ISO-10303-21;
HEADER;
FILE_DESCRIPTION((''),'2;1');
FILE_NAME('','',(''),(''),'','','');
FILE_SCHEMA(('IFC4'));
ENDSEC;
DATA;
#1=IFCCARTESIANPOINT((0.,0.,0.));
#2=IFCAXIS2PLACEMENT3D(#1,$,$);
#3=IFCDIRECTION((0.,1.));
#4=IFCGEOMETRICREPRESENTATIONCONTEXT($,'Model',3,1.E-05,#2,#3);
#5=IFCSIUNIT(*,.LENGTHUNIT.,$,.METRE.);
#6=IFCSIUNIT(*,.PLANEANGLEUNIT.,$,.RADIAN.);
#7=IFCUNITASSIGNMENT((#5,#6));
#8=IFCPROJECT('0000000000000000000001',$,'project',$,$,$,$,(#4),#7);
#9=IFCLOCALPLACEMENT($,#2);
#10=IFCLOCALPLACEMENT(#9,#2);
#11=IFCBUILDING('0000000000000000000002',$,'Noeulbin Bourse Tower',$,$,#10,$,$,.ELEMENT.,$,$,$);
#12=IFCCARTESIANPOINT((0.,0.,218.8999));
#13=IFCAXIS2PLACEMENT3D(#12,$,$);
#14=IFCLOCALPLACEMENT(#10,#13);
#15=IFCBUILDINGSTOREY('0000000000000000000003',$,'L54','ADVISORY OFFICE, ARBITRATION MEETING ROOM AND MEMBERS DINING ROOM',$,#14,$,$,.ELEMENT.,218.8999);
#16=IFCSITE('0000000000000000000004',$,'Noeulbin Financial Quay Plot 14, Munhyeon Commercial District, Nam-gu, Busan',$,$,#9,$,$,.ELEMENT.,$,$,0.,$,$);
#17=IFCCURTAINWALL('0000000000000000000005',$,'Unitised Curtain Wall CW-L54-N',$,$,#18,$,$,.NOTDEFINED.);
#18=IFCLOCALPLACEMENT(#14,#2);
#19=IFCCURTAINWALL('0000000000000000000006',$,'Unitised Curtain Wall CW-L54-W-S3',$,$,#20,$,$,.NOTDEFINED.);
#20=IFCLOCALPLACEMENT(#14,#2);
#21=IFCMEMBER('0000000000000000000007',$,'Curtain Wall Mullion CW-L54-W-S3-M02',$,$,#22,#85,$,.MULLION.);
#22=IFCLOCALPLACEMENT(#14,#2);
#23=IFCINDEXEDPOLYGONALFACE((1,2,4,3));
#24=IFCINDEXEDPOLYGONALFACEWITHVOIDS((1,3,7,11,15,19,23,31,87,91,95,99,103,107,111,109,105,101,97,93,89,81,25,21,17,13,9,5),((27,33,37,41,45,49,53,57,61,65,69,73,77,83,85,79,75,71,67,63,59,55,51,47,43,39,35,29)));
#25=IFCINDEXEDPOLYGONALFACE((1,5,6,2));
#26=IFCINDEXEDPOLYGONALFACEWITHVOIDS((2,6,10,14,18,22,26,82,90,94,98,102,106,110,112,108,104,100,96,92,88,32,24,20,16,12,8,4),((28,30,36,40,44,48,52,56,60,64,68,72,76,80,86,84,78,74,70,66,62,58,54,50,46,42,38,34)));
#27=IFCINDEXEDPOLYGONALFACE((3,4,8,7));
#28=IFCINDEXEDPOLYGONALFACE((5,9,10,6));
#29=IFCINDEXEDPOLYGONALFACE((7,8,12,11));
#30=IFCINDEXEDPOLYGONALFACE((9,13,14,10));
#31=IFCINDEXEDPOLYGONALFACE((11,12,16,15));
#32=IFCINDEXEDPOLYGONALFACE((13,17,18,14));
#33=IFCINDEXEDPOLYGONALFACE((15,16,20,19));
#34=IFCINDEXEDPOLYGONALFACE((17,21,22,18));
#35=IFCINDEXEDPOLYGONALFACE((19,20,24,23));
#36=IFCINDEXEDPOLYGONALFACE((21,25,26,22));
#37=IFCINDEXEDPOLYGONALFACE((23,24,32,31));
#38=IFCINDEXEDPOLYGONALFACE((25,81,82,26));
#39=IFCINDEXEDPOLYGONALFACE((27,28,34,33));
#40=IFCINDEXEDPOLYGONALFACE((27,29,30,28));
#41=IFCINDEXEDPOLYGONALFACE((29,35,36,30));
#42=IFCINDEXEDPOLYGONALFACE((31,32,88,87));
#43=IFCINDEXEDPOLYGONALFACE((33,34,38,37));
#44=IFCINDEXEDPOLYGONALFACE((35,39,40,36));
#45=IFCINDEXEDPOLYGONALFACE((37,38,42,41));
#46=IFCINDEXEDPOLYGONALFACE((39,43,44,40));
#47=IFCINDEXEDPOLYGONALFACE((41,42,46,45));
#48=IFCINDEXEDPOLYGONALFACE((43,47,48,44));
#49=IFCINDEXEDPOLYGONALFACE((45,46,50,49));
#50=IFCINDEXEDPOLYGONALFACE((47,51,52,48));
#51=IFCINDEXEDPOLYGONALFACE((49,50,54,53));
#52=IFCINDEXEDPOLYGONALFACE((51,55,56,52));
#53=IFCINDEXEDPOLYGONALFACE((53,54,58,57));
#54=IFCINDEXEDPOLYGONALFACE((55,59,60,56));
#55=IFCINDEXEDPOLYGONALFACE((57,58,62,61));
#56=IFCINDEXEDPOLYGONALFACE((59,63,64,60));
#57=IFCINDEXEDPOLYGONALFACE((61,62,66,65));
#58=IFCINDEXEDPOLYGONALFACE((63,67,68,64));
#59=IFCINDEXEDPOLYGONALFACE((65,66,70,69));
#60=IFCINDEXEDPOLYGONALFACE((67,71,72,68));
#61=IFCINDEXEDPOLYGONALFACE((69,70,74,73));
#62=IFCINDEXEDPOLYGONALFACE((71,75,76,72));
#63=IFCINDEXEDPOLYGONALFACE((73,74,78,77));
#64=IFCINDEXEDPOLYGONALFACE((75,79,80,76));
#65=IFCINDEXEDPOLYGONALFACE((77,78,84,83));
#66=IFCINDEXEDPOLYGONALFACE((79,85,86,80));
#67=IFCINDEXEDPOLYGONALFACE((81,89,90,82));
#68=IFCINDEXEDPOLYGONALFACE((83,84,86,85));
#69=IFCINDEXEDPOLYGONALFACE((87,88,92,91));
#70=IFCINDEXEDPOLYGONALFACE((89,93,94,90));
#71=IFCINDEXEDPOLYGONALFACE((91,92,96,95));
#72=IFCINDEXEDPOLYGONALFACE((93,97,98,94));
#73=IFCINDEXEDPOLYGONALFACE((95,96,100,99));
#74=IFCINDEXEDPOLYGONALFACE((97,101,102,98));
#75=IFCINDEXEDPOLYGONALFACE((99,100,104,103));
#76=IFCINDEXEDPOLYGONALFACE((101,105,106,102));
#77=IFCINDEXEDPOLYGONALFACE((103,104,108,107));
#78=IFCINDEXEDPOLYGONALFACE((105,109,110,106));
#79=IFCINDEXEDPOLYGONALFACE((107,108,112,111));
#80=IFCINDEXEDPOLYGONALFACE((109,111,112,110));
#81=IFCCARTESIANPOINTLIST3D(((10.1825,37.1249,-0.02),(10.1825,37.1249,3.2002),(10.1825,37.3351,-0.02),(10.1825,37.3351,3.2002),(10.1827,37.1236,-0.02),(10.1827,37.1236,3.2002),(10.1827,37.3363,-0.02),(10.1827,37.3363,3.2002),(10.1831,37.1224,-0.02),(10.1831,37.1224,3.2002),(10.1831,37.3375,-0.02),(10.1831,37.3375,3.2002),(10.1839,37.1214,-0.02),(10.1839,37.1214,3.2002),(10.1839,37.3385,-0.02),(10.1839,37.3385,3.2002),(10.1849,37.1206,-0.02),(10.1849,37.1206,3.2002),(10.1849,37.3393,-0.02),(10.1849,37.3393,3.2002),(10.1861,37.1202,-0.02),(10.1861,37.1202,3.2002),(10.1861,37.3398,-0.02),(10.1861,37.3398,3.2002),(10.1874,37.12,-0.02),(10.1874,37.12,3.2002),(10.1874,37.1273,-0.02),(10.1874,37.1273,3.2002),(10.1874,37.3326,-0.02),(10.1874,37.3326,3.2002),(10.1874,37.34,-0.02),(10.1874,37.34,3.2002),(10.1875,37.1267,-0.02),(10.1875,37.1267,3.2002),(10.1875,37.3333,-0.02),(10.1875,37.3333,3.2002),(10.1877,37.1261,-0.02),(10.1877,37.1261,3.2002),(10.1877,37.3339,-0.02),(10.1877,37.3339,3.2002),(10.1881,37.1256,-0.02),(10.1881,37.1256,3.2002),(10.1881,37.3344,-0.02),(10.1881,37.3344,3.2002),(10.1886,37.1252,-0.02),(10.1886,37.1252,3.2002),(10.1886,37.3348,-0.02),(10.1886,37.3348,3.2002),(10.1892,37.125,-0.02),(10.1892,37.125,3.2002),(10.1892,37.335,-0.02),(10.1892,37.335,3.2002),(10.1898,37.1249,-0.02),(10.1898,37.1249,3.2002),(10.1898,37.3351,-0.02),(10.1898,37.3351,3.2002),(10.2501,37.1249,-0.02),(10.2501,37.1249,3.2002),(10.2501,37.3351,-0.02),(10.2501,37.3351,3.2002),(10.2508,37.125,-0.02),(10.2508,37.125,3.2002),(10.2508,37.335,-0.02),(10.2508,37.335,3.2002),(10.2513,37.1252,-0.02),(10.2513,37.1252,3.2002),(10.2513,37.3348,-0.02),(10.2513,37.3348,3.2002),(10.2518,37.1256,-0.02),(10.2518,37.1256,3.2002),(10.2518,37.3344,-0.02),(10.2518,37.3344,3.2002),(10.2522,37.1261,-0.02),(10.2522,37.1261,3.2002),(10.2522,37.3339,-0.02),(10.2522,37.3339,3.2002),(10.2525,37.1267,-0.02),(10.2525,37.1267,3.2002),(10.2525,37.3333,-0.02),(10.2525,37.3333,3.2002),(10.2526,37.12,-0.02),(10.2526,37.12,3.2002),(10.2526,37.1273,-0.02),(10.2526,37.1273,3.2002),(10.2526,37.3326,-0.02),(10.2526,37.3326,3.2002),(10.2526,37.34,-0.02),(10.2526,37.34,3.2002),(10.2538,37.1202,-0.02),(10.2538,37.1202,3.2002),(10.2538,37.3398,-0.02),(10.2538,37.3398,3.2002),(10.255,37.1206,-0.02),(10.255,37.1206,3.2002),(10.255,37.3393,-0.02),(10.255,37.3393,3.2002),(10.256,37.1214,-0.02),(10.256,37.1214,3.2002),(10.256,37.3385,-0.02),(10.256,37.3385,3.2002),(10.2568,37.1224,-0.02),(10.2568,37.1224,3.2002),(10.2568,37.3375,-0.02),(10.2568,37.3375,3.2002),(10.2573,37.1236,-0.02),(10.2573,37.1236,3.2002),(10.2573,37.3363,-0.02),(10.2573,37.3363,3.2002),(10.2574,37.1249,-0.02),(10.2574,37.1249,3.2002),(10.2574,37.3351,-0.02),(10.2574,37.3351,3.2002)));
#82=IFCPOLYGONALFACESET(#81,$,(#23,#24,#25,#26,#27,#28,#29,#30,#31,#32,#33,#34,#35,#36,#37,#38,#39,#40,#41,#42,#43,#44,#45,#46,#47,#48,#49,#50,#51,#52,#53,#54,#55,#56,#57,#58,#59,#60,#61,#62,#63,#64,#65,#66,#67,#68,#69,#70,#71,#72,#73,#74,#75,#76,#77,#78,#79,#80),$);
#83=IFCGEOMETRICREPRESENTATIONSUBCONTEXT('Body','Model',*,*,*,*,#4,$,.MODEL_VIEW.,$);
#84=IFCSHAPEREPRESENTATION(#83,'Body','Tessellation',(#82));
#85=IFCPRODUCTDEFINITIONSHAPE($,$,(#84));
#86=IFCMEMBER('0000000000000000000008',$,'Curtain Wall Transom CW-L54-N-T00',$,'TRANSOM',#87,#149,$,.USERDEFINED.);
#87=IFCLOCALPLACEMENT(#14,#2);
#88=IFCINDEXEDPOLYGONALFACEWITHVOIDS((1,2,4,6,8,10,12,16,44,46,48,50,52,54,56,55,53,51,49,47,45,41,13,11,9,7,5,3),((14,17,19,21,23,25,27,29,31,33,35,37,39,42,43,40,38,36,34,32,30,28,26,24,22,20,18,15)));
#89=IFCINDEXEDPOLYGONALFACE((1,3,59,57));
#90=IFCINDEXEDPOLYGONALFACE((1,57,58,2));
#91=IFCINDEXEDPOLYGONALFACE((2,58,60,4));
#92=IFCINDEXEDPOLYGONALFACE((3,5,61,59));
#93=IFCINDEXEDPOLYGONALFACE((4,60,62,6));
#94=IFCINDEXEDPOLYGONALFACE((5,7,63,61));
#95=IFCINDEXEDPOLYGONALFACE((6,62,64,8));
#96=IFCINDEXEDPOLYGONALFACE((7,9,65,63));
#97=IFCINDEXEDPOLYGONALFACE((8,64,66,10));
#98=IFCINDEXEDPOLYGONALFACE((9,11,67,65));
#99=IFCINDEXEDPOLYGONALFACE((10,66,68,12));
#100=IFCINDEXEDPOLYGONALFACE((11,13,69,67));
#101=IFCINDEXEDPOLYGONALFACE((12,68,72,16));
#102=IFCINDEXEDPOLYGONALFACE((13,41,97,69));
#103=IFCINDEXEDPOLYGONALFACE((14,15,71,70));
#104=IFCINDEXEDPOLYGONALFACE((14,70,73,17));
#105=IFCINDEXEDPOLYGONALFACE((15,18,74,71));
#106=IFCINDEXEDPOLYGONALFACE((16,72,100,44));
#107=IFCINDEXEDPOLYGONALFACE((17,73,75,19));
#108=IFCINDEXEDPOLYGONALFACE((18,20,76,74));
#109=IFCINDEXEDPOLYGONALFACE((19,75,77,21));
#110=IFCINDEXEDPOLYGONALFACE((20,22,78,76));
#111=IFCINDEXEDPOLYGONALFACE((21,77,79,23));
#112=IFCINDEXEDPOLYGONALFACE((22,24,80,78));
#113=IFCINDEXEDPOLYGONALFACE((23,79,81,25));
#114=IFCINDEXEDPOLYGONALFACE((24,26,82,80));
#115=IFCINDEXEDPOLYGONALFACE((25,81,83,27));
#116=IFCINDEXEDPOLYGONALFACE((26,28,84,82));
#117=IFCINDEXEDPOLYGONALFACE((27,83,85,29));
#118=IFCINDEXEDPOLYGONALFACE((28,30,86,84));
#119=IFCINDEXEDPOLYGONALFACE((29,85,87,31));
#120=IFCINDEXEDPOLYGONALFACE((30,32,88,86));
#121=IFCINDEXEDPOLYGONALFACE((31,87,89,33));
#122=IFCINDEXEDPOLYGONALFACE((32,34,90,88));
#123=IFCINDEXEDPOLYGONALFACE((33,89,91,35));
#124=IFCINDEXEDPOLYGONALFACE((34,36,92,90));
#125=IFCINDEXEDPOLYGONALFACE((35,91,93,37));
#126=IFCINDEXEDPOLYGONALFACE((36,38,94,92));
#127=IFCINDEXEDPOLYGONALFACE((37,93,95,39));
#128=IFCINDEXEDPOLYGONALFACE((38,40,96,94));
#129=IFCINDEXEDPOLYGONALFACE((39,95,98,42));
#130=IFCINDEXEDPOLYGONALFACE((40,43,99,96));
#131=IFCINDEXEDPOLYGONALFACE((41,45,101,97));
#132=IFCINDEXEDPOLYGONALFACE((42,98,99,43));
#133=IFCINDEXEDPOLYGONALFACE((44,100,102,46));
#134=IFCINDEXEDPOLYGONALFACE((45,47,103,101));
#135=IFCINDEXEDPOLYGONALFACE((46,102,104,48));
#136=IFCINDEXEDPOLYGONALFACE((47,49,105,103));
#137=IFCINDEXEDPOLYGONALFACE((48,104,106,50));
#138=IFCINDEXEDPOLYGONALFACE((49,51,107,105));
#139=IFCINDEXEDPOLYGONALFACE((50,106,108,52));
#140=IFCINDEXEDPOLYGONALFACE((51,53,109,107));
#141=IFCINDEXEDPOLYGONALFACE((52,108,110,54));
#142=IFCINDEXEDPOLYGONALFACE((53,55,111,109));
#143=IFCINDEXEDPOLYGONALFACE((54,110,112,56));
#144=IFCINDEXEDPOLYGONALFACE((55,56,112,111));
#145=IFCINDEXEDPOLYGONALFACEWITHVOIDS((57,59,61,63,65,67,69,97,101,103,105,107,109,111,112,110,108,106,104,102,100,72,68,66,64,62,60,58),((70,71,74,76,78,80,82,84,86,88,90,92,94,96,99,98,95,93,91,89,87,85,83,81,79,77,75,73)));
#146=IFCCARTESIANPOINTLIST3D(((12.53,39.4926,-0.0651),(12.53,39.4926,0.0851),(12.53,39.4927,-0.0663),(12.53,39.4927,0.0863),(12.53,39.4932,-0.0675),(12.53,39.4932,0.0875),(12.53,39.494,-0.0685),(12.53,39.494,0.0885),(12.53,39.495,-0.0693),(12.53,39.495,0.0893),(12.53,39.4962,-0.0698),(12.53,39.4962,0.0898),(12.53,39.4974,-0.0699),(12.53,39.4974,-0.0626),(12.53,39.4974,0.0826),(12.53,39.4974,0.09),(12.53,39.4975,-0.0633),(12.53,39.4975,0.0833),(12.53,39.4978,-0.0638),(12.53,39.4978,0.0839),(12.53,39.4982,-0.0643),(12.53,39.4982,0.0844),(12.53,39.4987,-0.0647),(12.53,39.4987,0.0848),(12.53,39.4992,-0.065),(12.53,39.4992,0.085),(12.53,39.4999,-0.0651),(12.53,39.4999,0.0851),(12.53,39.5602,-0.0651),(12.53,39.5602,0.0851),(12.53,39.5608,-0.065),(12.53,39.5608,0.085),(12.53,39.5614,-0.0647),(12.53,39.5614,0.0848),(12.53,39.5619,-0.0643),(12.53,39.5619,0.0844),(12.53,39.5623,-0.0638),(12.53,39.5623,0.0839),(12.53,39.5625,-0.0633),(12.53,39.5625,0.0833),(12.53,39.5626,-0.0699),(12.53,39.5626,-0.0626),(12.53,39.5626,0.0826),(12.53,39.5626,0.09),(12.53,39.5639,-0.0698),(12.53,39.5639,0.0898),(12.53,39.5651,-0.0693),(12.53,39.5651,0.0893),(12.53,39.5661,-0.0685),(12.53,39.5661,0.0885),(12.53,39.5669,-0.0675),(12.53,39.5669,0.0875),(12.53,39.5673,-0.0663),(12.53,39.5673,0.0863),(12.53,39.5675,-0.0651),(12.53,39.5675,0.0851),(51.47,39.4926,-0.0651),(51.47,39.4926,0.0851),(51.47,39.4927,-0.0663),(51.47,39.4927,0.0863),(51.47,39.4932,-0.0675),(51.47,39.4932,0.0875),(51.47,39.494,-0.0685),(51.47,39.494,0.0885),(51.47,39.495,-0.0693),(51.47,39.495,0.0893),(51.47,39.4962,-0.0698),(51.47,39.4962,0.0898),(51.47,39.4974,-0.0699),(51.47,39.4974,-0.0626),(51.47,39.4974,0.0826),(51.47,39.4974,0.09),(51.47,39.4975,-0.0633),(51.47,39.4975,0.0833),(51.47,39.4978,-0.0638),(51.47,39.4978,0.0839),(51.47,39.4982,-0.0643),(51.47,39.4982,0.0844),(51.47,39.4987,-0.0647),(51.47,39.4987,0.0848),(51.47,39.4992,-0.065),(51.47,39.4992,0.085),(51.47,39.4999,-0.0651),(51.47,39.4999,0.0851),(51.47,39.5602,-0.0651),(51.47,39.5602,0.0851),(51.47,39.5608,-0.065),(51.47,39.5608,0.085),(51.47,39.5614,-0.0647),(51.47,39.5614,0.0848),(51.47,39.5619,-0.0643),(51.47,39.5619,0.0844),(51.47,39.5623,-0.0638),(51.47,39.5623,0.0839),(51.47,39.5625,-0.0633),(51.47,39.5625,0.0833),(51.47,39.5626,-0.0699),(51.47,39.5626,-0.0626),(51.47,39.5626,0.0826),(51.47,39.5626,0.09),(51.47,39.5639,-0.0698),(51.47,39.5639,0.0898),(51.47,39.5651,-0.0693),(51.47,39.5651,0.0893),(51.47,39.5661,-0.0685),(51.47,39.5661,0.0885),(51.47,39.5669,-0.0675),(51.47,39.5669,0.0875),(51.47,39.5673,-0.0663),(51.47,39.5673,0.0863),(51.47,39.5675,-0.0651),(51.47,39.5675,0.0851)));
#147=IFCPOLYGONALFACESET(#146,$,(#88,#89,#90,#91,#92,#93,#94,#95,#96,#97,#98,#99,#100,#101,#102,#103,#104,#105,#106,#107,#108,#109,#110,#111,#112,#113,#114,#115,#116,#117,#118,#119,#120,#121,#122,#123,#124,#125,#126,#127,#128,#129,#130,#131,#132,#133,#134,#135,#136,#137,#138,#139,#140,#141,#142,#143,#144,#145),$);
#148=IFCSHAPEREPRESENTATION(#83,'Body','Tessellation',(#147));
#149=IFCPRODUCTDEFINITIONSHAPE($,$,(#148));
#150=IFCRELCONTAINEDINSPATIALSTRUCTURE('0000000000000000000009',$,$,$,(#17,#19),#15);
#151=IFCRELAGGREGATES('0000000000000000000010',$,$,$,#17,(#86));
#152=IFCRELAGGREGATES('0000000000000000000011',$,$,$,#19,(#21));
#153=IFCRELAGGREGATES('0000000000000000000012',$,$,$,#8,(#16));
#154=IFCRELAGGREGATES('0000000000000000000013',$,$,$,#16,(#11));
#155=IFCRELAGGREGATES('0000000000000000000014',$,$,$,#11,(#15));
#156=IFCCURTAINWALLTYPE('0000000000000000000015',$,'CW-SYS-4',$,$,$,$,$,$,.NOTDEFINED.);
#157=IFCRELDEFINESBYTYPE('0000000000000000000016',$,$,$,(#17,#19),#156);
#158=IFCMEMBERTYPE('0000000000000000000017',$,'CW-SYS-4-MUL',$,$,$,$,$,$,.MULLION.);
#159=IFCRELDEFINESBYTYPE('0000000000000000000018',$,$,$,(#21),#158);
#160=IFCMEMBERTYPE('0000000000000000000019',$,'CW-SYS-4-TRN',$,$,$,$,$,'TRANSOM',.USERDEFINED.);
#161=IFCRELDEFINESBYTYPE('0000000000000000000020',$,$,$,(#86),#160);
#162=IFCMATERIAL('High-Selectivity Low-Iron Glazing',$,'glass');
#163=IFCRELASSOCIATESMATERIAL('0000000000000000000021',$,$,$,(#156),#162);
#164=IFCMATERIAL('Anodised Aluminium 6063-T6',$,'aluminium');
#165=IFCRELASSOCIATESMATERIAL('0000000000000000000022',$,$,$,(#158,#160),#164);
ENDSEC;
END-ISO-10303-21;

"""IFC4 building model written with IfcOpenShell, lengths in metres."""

from ifc_helpers import new_model, si_unit, direction, frame, origin, origin_2d, place, context, subcontext, project, spatial, hollow_rectangle, extrude, material, material_profile, profile_set, type_object, element, aggregate, save


model = new_model("IFC4")

# Units and contexts
model_context = context("Model", 3, precision=1e-05, world=origin(), true_north=direction((0.0, 1.0)))
body_context = subcontext(model_context, "Body", "Model", "MODEL_VIEW")
ifc_project = project(units=[si_unit("LENGTHUNIT", "METRE"), si_unit("PLANEANGLEUNIT", "RADIAN")], contexts=[model_context])

# Site, building, storey
site_placement = place(None, origin())
site = spatial("IfcSite", under=ifc_project, at=site_placement, Name="Noeulbin Financial Quay Plot 14, Munhyeon Commercial District, Nam-gu, Busan", CompositionType="ELEMENT", RefElevation=0.0)
building_placement = place(site_placement, origin())
building = spatial("IfcBuilding", under=site, at=building_placement, Name="Noeulbin Bourse Tower", CompositionType="ELEMENT")
storey_placement = place(building_placement, frame((0.0, 0.0, 218.8999)))
storey = spatial("IfcBuildingStorey", under=building, at=storey_placement, Name="L54", Description="ADVISORY OFFICE, ARBITRATION MEETING ROOM AND MEMBERS DINING ROOM", CompositionType="ELEMENT", Elevation=218.8999)

# Curtain wall
ifc_material_1 = material(Name="High-Selectivity Low-Iron Glazing", Category="glass")
curtain_wall_type = type_object("IfcCurtainWallType", Name="CW-SYS-4", PredefinedType="NOTDEFINED", material=ifc_material_1)
curtain_wall_1_placement = place(storey_placement, origin())
curtain_wall_1 = element("IfcCurtainWall", 1, at=curtain_wall_1_placement, inside=storey, type_object=curtain_wall_type, Name="Unitised Curtain Wall CW-L54-N", PredefinedType="NOTDEFINED")
ifc_material_2 = material(Name="Anodised Aluminium 6063-T6", Category="aluminium")
ifc_material_profile_1 = material_profile(ifc_material_2, hollow_rectangle(XDim=0.075, YDim=0.22, WallThickness=0.0049, InnerFilletRadius=0.0024, OuterFilletRadius=0.0049, at=origin_2d()), Name="ALU-MULL-75x220x5", Category="LoadBearing")
ifc_profile_set_1 = profile_set([ifc_material_profile_1], Name="Anodised Aluminium 6063-T6")
member_type_1 = type_object("IfcMemberType", Name="CW-SYS-4-MUL", PredefinedType="MULLION", material=ifc_profile_set_1)

# Curtain wall, member
curtain_wall_2_placement = place(storey_placement, origin())
curtain_wall_2 = element("IfcCurtainWall", 2, at=curtain_wall_2_placement, inside=storey, type_object=curtain_wall_type, Name="Unitised Curtain Wall CW-L54-W-S3", PredefinedType="NOTDEFINED")
member_1_placement = place(storey_placement, frame((10.22, 37.23, -0.02), z_axis=(0.0, 0.0, 1.0), x_axis=(1.0, 0.0, 0.0)))
member_1 = element("IfcMember", 3, at=member_1_placement, type_object=member_type_1, Name="Curtain Wall Mullion CW-L54-W-S3-M02", PredefinedType="MULLION", context=body_context, shape_type="SweptSolid", body=[
    extrude(hollow_rectangle(XDim=0.075, YDim=0.22, WallThickness=0.0049, InnerFilletRadius=0.0024, OuterFilletRadius=0.0049, at=origin_2d()), origin(), (0.0, 0.0, 1.0), 3.2202),
])

# Member
ifc_material_profile_2 = material_profile(ifc_material_2, hollow_rectangle(XDim=0.075, YDim=0.1599, WallThickness=0.0049, InnerFilletRadius=0.0024, OuterFilletRadius=0.0049, at=origin_2d()), Name="ALU-TRAN-75x160x5", Category="LoadBearing")
ifc_profile_set_2 = profile_set([ifc_material_profile_2], Name="Anodised Aluminium 6063-T6")
member_type_2 = type_object("IfcMemberType", Name="CW-SYS-4-TRN", ElementType="TRANSOM", PredefinedType="USERDEFINED", material=ifc_profile_set_2)
member_2_placement = place(storey_placement, frame((12.53, 39.53, 0.01), z_axis=(1.0, 0.0, 0.0), x_axis=(0.0, 1.0, 0.0)))
member_2 = element("IfcMember", 4, at=member_2_placement, type_object=member_type_2, Name="Curtain Wall Transom CW-L54-N-T00", ObjectType="TRANSOM", PredefinedType="USERDEFINED", context=body_context, shape_type="SweptSolid", body=[
    extrude(hollow_rectangle(XDim=0.075, YDim=0.1599, WallThickness=0.0049, InnerFilletRadius=0.0024, OuterFilletRadius=0.0049, at=origin_2d()), origin(), (0.0, 0.0, 1.0), 38.9399),
])

aggregate(curtain_wall_1, [member_2])
aggregate(curtain_wall_2, [member_1])

save(model, "model.ifc")
